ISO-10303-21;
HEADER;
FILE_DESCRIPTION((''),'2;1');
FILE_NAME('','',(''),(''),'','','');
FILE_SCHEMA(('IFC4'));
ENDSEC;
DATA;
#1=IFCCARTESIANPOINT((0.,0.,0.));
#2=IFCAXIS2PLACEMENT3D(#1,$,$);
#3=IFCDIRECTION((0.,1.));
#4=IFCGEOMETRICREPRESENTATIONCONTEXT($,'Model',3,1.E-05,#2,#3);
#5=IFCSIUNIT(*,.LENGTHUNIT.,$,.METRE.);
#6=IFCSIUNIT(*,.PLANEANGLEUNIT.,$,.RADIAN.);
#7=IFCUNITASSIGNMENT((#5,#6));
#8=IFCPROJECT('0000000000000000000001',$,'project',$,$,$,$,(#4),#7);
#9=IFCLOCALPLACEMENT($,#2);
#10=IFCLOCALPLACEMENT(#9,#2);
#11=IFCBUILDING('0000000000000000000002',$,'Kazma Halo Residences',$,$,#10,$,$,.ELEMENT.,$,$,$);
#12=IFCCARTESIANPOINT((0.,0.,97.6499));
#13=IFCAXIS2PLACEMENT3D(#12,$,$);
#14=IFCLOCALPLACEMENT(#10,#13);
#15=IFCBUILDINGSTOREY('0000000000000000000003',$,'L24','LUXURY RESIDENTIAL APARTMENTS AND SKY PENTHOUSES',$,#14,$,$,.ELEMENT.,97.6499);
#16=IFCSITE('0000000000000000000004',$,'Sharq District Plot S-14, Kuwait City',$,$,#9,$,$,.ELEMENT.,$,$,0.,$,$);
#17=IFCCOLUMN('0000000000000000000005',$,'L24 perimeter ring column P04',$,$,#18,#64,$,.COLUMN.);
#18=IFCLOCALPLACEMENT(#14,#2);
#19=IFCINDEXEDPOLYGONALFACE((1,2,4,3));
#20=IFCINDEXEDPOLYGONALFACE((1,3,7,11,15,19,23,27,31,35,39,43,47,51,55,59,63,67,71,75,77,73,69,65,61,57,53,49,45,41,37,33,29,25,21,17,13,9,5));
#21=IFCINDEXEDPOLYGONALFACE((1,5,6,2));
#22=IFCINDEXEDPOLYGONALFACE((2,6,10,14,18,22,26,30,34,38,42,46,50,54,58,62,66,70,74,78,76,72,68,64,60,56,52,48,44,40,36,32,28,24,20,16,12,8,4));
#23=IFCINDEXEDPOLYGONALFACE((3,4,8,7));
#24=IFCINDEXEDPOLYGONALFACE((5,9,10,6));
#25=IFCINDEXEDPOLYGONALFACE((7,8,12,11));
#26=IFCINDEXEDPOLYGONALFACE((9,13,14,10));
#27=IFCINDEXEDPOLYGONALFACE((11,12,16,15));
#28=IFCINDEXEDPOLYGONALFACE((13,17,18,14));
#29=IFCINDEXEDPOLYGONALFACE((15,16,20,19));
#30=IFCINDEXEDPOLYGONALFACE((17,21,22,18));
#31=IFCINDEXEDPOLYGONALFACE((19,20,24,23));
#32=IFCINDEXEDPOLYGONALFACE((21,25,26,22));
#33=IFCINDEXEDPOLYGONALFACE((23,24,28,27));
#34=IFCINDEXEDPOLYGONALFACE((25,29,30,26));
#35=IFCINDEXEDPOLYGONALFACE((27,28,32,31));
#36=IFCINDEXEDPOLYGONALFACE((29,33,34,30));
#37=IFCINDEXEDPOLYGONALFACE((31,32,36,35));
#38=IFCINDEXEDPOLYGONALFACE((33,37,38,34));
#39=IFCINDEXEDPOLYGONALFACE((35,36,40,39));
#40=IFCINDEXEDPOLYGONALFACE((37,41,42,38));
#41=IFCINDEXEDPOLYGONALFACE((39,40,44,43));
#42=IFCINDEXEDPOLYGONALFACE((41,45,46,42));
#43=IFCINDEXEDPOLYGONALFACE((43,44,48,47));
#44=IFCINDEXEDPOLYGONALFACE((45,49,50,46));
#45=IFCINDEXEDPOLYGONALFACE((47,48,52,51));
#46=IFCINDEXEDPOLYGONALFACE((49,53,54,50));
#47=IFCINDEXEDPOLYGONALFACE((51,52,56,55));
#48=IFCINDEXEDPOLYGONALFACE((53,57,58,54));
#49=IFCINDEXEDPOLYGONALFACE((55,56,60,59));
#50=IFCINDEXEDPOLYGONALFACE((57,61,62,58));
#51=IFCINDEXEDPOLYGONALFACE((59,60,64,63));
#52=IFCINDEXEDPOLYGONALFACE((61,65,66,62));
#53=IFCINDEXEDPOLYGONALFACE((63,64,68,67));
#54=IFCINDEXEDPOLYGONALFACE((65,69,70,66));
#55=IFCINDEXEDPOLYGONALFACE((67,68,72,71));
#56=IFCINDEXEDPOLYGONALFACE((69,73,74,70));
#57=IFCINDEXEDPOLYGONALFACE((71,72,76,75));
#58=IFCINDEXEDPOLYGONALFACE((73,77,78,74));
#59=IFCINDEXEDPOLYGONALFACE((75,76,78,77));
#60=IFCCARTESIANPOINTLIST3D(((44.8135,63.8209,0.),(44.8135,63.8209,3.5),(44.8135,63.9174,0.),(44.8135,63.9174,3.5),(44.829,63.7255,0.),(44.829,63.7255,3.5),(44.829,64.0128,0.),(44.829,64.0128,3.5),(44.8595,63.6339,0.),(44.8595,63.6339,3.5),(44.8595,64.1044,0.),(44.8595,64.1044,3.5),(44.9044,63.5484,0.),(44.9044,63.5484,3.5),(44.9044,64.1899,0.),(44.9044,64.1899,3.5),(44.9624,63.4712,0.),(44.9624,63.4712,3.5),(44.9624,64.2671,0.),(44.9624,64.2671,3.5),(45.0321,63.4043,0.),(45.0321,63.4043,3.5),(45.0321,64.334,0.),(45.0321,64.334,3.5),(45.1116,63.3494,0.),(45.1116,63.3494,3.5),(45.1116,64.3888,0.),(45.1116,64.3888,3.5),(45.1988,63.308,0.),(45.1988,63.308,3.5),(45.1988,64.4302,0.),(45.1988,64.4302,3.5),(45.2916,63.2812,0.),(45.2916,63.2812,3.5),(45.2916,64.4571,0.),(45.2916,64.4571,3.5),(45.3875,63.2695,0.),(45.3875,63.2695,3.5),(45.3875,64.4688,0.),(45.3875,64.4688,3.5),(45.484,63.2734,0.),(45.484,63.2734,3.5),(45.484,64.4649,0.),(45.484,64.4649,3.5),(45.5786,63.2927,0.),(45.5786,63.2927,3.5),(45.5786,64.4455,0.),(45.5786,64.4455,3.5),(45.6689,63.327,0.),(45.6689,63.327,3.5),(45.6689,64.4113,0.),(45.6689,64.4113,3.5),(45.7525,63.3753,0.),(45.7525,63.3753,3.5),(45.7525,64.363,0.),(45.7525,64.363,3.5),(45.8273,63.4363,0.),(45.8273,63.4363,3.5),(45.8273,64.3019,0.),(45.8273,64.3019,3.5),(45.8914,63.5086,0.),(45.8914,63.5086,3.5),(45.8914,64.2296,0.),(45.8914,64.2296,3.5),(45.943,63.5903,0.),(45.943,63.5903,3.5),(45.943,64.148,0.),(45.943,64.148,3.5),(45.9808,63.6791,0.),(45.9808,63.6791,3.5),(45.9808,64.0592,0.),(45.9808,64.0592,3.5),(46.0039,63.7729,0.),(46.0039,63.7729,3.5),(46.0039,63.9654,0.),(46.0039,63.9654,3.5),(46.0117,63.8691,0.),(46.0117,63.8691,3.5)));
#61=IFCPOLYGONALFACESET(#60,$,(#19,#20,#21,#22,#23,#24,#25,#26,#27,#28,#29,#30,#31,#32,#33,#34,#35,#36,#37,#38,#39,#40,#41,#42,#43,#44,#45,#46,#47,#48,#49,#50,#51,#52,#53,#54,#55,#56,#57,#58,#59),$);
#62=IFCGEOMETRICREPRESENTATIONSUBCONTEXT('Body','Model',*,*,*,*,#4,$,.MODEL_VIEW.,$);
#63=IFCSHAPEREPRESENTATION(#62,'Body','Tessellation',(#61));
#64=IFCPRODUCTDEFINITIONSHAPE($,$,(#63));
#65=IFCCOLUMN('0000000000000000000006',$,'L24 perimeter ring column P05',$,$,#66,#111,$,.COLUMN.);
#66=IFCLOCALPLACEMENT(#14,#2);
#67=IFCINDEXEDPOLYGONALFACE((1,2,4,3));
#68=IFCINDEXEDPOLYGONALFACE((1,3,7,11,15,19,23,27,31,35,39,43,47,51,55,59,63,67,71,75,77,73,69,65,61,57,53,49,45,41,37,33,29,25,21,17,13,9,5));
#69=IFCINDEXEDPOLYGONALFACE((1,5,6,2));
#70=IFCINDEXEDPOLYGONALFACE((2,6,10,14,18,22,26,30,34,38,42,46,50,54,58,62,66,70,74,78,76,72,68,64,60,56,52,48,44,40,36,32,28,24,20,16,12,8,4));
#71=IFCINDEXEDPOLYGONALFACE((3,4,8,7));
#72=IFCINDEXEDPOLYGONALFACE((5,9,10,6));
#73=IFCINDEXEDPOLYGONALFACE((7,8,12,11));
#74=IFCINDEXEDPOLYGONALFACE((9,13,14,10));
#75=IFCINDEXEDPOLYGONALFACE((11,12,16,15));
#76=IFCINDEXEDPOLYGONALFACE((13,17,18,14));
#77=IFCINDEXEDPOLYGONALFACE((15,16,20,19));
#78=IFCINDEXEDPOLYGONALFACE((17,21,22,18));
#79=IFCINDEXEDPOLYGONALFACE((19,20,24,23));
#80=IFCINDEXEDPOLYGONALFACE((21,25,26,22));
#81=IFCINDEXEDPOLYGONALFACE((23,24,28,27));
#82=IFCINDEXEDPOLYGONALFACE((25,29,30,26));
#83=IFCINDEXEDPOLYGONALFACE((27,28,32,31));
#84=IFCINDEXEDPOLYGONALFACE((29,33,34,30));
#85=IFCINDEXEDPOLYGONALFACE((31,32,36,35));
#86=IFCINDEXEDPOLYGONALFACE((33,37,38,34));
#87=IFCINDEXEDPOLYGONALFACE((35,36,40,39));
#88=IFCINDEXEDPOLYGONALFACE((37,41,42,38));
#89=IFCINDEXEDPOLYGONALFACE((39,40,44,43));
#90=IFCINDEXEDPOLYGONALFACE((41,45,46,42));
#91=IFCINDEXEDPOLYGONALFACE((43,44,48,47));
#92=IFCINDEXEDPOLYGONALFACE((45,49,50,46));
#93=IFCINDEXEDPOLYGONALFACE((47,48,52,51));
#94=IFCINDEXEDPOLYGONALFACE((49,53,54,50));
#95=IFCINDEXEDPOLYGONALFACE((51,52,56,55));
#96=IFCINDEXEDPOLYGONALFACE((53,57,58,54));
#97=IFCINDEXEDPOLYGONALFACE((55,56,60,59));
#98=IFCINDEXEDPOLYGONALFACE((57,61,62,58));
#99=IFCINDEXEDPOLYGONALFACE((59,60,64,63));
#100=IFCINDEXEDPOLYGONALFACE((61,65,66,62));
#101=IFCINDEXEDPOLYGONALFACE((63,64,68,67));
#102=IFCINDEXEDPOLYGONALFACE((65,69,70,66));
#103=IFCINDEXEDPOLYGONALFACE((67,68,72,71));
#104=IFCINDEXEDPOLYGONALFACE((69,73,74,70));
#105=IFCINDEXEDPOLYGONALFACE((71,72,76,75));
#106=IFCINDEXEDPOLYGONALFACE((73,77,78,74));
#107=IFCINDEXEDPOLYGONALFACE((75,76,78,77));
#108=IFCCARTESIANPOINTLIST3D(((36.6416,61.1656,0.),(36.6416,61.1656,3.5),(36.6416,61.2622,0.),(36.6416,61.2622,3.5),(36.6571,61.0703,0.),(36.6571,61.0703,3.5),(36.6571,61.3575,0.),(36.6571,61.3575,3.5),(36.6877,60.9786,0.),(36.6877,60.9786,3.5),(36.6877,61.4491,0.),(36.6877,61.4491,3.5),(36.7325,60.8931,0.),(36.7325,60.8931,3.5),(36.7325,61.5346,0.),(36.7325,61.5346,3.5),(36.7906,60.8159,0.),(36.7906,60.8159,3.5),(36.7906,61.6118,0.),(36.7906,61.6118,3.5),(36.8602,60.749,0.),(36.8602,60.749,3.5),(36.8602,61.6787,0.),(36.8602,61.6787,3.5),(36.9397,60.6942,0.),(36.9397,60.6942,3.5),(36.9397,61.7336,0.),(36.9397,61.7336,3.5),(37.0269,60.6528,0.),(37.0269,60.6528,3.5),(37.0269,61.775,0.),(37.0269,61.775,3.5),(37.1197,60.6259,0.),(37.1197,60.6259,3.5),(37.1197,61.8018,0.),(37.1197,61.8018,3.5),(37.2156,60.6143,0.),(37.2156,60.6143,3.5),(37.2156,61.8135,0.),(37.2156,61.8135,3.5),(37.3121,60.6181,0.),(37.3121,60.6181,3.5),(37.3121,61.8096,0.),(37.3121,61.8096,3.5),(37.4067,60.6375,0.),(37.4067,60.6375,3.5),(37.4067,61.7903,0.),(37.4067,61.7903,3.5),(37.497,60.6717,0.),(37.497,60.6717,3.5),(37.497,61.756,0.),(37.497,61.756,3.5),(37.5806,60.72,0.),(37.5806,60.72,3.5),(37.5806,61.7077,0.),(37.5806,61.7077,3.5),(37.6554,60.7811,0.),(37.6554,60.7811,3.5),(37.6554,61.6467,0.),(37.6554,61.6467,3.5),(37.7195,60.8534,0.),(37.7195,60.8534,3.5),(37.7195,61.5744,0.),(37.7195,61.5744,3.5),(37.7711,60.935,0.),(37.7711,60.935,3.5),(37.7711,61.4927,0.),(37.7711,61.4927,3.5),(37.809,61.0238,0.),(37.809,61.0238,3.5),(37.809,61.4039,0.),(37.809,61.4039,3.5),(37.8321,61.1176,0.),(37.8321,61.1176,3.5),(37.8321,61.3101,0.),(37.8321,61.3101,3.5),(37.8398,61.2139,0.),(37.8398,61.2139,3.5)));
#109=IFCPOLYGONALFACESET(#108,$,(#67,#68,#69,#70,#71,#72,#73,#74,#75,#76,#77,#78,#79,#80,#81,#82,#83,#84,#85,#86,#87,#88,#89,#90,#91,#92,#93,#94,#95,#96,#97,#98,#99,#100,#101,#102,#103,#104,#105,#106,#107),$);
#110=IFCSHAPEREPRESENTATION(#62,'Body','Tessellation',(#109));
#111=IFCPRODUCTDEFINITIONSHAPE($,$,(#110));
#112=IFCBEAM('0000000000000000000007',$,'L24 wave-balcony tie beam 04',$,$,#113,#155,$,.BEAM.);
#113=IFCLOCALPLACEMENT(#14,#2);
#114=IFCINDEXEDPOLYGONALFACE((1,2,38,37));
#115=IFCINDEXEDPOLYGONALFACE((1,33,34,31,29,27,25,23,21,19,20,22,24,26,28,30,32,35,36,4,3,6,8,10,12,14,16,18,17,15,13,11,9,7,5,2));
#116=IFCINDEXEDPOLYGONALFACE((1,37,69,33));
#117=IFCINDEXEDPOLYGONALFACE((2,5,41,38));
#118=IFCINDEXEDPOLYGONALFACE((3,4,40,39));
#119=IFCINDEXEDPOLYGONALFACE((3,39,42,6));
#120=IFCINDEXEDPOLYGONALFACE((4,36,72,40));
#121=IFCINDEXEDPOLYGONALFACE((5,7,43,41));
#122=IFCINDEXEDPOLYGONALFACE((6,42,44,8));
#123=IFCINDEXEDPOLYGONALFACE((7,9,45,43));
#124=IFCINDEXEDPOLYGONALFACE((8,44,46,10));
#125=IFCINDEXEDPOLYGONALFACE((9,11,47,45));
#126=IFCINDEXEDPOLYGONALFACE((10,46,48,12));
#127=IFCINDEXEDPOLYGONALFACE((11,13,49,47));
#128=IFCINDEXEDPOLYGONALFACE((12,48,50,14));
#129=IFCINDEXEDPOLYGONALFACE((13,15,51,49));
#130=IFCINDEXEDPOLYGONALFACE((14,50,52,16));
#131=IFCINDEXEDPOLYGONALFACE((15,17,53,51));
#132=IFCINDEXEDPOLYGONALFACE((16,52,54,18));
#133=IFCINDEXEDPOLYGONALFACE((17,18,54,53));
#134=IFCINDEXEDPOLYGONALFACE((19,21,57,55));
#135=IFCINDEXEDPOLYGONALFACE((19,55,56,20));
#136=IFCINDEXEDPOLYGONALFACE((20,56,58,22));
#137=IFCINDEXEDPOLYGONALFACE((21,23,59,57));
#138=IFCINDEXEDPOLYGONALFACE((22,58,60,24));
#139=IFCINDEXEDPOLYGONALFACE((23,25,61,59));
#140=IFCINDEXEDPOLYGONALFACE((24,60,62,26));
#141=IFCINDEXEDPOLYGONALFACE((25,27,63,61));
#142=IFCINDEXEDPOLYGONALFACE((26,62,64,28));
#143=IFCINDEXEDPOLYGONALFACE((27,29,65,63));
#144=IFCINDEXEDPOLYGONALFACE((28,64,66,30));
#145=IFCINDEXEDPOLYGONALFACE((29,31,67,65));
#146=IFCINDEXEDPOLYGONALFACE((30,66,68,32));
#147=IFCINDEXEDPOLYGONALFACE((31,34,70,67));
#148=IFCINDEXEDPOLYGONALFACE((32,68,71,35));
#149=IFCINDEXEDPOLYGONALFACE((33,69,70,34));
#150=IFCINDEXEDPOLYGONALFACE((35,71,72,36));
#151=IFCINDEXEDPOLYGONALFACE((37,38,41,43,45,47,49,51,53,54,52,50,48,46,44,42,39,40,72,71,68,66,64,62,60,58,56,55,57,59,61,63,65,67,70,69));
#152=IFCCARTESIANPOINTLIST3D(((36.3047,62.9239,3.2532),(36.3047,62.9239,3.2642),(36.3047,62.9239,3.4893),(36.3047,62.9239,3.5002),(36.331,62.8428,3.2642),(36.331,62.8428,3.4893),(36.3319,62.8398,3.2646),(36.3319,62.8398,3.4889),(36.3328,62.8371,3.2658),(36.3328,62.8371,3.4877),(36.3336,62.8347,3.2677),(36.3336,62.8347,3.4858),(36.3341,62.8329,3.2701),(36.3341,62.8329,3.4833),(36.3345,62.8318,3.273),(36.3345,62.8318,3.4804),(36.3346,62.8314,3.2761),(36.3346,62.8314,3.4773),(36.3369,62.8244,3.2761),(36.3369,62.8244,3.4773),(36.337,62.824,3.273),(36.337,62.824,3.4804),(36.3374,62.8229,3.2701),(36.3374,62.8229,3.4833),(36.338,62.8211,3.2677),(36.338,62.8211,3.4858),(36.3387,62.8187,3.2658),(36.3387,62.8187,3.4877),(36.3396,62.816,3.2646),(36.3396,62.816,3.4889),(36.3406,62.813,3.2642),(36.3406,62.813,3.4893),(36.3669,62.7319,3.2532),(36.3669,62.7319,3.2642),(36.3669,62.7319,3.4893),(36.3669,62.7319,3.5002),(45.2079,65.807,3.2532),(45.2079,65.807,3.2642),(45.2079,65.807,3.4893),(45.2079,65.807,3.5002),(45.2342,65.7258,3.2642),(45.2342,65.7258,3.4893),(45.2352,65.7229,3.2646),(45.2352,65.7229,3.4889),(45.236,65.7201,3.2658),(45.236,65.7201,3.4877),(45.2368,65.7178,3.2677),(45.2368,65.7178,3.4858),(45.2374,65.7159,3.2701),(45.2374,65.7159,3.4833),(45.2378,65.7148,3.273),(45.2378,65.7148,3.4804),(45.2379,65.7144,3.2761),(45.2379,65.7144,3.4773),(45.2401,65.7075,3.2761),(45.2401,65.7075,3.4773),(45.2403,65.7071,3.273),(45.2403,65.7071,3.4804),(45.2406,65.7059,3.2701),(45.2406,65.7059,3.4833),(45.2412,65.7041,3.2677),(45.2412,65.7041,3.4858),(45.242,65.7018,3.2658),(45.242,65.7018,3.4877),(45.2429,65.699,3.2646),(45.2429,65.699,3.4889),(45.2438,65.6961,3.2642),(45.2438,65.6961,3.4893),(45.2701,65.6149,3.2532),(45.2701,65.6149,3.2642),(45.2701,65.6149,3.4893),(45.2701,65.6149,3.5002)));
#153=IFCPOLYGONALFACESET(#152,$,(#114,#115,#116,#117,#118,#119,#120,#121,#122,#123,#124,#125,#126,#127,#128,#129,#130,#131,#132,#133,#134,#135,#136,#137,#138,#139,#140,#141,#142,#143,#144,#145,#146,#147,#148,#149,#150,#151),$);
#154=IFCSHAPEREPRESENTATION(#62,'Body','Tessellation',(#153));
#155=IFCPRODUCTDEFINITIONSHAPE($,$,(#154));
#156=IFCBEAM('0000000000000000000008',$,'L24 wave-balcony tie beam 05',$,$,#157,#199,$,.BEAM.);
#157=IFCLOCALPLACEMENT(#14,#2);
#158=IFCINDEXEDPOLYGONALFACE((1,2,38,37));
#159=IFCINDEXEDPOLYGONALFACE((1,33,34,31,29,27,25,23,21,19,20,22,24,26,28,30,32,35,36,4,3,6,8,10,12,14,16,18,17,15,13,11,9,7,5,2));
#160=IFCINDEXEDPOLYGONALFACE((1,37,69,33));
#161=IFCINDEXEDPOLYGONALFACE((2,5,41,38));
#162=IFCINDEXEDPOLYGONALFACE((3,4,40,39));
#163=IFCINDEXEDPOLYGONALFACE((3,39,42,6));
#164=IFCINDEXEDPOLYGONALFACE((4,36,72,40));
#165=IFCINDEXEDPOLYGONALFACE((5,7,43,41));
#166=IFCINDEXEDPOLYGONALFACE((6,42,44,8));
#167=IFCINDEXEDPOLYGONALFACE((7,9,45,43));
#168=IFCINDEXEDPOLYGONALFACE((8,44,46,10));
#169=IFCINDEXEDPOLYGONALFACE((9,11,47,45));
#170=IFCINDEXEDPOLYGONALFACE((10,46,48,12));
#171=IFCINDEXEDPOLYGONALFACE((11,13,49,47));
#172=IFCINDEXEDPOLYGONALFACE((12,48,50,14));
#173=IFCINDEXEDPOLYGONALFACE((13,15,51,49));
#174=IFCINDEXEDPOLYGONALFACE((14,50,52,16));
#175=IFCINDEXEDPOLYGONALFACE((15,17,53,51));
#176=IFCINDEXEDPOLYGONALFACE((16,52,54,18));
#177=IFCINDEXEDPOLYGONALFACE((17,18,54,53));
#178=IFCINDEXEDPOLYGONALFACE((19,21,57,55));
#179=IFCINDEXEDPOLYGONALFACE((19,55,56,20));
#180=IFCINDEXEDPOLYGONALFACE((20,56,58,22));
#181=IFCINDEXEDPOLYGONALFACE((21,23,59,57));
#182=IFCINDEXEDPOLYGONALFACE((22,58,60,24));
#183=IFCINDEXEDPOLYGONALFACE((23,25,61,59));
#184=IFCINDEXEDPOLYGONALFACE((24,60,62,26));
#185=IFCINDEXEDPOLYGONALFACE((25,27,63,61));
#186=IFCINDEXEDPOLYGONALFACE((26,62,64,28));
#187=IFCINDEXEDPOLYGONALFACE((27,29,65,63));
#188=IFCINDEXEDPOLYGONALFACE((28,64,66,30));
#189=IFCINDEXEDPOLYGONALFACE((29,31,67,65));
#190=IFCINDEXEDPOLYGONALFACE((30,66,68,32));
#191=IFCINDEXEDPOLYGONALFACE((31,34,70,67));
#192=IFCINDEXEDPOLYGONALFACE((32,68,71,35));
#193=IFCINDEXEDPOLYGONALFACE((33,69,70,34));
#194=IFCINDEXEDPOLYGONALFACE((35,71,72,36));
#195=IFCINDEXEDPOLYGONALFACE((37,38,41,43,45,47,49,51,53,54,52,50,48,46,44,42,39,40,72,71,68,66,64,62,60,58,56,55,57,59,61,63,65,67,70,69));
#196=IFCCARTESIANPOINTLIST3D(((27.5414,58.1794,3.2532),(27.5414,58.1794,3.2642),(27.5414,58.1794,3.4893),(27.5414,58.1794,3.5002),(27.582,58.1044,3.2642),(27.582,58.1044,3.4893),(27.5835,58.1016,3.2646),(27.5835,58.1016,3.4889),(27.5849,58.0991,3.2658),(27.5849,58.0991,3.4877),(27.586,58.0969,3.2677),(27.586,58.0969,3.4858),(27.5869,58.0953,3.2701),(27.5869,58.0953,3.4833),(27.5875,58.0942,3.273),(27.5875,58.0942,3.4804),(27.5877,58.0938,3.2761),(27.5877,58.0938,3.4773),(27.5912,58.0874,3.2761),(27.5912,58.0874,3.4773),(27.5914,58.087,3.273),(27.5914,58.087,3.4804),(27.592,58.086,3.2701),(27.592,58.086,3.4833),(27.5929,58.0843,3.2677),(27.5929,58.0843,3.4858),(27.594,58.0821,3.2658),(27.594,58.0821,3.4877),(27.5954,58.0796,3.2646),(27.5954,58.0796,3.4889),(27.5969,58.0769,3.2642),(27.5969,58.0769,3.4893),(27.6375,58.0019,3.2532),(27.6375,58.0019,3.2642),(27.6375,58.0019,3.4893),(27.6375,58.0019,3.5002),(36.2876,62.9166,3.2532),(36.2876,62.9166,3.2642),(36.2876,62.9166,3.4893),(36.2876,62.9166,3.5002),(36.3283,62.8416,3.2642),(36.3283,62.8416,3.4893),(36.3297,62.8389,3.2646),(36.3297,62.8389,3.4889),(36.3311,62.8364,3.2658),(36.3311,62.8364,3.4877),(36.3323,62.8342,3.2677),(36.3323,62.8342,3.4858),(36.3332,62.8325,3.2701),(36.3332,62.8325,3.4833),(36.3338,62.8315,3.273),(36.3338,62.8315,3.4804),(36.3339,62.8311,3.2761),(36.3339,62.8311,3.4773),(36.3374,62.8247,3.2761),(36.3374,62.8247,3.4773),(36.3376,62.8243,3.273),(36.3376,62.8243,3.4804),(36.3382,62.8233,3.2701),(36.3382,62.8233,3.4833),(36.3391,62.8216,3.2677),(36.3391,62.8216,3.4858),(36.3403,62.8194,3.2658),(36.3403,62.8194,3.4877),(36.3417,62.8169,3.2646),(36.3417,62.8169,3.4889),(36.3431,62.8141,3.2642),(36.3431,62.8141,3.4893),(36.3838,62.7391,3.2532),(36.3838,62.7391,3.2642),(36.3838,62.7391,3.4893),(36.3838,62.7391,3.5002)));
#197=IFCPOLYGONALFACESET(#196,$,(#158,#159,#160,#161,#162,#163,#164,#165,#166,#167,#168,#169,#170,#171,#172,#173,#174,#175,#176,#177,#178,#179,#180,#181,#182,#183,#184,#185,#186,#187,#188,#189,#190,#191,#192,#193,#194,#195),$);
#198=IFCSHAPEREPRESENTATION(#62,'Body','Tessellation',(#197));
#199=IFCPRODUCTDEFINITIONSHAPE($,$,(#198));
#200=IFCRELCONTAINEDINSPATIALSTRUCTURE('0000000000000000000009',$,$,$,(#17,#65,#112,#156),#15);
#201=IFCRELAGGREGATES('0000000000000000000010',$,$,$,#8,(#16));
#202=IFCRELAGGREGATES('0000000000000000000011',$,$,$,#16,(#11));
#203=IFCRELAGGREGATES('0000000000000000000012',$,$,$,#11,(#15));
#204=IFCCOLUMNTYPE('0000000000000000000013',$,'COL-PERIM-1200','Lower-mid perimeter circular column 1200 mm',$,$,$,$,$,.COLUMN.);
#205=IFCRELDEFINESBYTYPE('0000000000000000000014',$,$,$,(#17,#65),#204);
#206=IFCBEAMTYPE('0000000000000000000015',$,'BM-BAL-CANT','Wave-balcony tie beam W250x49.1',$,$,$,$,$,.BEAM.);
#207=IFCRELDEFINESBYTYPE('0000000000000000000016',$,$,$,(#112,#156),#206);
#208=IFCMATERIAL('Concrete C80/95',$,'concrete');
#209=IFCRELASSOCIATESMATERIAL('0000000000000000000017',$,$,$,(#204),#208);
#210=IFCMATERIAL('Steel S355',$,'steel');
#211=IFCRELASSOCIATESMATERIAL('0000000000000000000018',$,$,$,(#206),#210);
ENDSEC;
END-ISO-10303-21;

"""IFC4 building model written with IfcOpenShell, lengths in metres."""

from ifc_helpers import new_model, si_unit, direction, frame, origin, origin_2d, place, context, subcontext, project, spatial, circle, i_section, extrude, material, material_profile, profile_set, type_object, element, save


model = new_model("IFC4")

# Units and contexts
model_context = context("Model", 3, precision=1e-05, world=origin(), true_north=direction((0.0, 1.0)))
body_context = subcontext(model_context, "Body", "Model", "MODEL_VIEW")
ifc_project = project(units=[si_unit("LENGTHUNIT", "METRE"), si_unit("PLANEANGLEUNIT", "RADIAN")], contexts=[model_context])

# Site, building, storey
site_placement = place(None, origin())
site = spatial("IfcSite", under=ifc_project, at=site_placement, Name="Sharq District Plot S-14, Kuwait City", CompositionType="ELEMENT", RefElevation=0.0)
building_placement = place(site_placement, origin())
building = spatial("IfcBuilding", under=site, at=building_placement, Name="Kazma Halo Residences", CompositionType="ELEMENT")
storey_placement = place(building_placement, frame((0.0, 0.0, 97.6499)))
storey = spatial("IfcBuildingStorey", under=building, at=storey_placement, Name="L24", Description="LUXURY RESIDENTIAL APARTMENTS AND SKY PENTHOUSES", CompositionType="ELEMENT", Elevation=97.6499)

# Columns
ifc_material_1 = material(Name="Concrete C80/95", Category="concrete")
ifc_material_profile_1 = material_profile(ifc_material_1, circle(Radius=0.6001, at=origin_2d()), Name="CIRC1200")
ifc_profile_set_1 = profile_set([ifc_material_profile_1], Name="Concrete C80/95")
column_type = type_object("IfcColumnType", Name="COL-PERIM-1200", Description="Lower-mid perimeter circular column 1200 mm", PredefinedType="COLUMN", material=ifc_profile_set_1)
for number, where, z_axis, x_axis, name in (
    (1, (45.4116, 63.8691, 0.0), (0.0, 0.0, 1.0), (1.0, 0.0, 0.0), "L24 perimeter ring column P04"),
    (2, (37.2397, 61.2139, 0.0), (0.0, 0.0, 1.0), (1.0, 0.0, 0.0), "L24 perimeter ring column P05"),
):
    element("IfcColumn", number, at=place(storey_placement, frame(where, z_axis=z_axis, x_axis=x_axis)), inside=storey, type_object=column_type, Name=name, PredefinedType="COLUMN", context=body_context, shape_type="SweptSolid", body=[
        extrude(circle(Radius=0.6001, at=origin_2d()), origin(), (0.0, 0.0, 1.0), 3.5),
    ])

# Beams
ifc_material_2 = material(Name="Steel S355", Category="steel")
ifc_material_profile_2 = material_profile(ifc_material_2, i_section(OverallWidth=0.2019, OverallDepth=0.2471, WebThickness=0.0073, FlangeThickness=0.011, FilletRadius=0.012, at=origin_2d()), Name="W250x49.1")
ifc_profile_set_2 = profile_set([ifc_material_profile_2], Name="Steel S355")
beam_type_1 = type_object("IfcBeamType", Name="BM-BAL-CANT", Description="Wave-balcony tie beam W250x49.1", PredefinedType="BEAM", material=ifc_profile_set_2)
beam_1_placement = place(storey_placement, frame((45.239, 65.7109, 3.3767), z_axis=(-0.951364, -0.308069, 0.0), x_axis=(0.308069, -0.951364, 0.0)))
element("IfcBeam", 3, at=beam_1_placement, inside=storey, type_object=beam_type_1, Name="L24 wave-balcony tie beam 04", PredefinedType="BEAM", context=body_context, shape_type="SweptSolid", body=[
    extrude(i_section(OverallWidth=0.2019, OverallDepth=0.2471, WebThickness=0.0073, FlangeThickness=0.011, FilletRadius=0.012, at=origin_2d()), origin(), (0.0, 0.0, 1.0), 9.3584),
])
beam_2_placement = place(storey_placement, frame((36.3357, 62.8279, 3.3767), z_axis=(-0.879304, -0.47626, 0.0), x_axis=(0.47626, -0.879304, 0.0)))
element("IfcBeam", 4, at=beam_2_placement, inside=storey, type_object=beam_type_1, Name="L24 wave-balcony tie beam 05", PredefinedType="BEAM", context=body_context, shape_type="SweptSolid", body=[
    extrude(i_section(OverallWidth=0.2019, OverallDepth=0.2471, WebThickness=0.0073, FlangeThickness=0.011, FilletRadius=0.012, at=origin_2d()), origin(), (0.0, 0.0, 1.0), 9.9468),
])

save(model, "model.ifc")
